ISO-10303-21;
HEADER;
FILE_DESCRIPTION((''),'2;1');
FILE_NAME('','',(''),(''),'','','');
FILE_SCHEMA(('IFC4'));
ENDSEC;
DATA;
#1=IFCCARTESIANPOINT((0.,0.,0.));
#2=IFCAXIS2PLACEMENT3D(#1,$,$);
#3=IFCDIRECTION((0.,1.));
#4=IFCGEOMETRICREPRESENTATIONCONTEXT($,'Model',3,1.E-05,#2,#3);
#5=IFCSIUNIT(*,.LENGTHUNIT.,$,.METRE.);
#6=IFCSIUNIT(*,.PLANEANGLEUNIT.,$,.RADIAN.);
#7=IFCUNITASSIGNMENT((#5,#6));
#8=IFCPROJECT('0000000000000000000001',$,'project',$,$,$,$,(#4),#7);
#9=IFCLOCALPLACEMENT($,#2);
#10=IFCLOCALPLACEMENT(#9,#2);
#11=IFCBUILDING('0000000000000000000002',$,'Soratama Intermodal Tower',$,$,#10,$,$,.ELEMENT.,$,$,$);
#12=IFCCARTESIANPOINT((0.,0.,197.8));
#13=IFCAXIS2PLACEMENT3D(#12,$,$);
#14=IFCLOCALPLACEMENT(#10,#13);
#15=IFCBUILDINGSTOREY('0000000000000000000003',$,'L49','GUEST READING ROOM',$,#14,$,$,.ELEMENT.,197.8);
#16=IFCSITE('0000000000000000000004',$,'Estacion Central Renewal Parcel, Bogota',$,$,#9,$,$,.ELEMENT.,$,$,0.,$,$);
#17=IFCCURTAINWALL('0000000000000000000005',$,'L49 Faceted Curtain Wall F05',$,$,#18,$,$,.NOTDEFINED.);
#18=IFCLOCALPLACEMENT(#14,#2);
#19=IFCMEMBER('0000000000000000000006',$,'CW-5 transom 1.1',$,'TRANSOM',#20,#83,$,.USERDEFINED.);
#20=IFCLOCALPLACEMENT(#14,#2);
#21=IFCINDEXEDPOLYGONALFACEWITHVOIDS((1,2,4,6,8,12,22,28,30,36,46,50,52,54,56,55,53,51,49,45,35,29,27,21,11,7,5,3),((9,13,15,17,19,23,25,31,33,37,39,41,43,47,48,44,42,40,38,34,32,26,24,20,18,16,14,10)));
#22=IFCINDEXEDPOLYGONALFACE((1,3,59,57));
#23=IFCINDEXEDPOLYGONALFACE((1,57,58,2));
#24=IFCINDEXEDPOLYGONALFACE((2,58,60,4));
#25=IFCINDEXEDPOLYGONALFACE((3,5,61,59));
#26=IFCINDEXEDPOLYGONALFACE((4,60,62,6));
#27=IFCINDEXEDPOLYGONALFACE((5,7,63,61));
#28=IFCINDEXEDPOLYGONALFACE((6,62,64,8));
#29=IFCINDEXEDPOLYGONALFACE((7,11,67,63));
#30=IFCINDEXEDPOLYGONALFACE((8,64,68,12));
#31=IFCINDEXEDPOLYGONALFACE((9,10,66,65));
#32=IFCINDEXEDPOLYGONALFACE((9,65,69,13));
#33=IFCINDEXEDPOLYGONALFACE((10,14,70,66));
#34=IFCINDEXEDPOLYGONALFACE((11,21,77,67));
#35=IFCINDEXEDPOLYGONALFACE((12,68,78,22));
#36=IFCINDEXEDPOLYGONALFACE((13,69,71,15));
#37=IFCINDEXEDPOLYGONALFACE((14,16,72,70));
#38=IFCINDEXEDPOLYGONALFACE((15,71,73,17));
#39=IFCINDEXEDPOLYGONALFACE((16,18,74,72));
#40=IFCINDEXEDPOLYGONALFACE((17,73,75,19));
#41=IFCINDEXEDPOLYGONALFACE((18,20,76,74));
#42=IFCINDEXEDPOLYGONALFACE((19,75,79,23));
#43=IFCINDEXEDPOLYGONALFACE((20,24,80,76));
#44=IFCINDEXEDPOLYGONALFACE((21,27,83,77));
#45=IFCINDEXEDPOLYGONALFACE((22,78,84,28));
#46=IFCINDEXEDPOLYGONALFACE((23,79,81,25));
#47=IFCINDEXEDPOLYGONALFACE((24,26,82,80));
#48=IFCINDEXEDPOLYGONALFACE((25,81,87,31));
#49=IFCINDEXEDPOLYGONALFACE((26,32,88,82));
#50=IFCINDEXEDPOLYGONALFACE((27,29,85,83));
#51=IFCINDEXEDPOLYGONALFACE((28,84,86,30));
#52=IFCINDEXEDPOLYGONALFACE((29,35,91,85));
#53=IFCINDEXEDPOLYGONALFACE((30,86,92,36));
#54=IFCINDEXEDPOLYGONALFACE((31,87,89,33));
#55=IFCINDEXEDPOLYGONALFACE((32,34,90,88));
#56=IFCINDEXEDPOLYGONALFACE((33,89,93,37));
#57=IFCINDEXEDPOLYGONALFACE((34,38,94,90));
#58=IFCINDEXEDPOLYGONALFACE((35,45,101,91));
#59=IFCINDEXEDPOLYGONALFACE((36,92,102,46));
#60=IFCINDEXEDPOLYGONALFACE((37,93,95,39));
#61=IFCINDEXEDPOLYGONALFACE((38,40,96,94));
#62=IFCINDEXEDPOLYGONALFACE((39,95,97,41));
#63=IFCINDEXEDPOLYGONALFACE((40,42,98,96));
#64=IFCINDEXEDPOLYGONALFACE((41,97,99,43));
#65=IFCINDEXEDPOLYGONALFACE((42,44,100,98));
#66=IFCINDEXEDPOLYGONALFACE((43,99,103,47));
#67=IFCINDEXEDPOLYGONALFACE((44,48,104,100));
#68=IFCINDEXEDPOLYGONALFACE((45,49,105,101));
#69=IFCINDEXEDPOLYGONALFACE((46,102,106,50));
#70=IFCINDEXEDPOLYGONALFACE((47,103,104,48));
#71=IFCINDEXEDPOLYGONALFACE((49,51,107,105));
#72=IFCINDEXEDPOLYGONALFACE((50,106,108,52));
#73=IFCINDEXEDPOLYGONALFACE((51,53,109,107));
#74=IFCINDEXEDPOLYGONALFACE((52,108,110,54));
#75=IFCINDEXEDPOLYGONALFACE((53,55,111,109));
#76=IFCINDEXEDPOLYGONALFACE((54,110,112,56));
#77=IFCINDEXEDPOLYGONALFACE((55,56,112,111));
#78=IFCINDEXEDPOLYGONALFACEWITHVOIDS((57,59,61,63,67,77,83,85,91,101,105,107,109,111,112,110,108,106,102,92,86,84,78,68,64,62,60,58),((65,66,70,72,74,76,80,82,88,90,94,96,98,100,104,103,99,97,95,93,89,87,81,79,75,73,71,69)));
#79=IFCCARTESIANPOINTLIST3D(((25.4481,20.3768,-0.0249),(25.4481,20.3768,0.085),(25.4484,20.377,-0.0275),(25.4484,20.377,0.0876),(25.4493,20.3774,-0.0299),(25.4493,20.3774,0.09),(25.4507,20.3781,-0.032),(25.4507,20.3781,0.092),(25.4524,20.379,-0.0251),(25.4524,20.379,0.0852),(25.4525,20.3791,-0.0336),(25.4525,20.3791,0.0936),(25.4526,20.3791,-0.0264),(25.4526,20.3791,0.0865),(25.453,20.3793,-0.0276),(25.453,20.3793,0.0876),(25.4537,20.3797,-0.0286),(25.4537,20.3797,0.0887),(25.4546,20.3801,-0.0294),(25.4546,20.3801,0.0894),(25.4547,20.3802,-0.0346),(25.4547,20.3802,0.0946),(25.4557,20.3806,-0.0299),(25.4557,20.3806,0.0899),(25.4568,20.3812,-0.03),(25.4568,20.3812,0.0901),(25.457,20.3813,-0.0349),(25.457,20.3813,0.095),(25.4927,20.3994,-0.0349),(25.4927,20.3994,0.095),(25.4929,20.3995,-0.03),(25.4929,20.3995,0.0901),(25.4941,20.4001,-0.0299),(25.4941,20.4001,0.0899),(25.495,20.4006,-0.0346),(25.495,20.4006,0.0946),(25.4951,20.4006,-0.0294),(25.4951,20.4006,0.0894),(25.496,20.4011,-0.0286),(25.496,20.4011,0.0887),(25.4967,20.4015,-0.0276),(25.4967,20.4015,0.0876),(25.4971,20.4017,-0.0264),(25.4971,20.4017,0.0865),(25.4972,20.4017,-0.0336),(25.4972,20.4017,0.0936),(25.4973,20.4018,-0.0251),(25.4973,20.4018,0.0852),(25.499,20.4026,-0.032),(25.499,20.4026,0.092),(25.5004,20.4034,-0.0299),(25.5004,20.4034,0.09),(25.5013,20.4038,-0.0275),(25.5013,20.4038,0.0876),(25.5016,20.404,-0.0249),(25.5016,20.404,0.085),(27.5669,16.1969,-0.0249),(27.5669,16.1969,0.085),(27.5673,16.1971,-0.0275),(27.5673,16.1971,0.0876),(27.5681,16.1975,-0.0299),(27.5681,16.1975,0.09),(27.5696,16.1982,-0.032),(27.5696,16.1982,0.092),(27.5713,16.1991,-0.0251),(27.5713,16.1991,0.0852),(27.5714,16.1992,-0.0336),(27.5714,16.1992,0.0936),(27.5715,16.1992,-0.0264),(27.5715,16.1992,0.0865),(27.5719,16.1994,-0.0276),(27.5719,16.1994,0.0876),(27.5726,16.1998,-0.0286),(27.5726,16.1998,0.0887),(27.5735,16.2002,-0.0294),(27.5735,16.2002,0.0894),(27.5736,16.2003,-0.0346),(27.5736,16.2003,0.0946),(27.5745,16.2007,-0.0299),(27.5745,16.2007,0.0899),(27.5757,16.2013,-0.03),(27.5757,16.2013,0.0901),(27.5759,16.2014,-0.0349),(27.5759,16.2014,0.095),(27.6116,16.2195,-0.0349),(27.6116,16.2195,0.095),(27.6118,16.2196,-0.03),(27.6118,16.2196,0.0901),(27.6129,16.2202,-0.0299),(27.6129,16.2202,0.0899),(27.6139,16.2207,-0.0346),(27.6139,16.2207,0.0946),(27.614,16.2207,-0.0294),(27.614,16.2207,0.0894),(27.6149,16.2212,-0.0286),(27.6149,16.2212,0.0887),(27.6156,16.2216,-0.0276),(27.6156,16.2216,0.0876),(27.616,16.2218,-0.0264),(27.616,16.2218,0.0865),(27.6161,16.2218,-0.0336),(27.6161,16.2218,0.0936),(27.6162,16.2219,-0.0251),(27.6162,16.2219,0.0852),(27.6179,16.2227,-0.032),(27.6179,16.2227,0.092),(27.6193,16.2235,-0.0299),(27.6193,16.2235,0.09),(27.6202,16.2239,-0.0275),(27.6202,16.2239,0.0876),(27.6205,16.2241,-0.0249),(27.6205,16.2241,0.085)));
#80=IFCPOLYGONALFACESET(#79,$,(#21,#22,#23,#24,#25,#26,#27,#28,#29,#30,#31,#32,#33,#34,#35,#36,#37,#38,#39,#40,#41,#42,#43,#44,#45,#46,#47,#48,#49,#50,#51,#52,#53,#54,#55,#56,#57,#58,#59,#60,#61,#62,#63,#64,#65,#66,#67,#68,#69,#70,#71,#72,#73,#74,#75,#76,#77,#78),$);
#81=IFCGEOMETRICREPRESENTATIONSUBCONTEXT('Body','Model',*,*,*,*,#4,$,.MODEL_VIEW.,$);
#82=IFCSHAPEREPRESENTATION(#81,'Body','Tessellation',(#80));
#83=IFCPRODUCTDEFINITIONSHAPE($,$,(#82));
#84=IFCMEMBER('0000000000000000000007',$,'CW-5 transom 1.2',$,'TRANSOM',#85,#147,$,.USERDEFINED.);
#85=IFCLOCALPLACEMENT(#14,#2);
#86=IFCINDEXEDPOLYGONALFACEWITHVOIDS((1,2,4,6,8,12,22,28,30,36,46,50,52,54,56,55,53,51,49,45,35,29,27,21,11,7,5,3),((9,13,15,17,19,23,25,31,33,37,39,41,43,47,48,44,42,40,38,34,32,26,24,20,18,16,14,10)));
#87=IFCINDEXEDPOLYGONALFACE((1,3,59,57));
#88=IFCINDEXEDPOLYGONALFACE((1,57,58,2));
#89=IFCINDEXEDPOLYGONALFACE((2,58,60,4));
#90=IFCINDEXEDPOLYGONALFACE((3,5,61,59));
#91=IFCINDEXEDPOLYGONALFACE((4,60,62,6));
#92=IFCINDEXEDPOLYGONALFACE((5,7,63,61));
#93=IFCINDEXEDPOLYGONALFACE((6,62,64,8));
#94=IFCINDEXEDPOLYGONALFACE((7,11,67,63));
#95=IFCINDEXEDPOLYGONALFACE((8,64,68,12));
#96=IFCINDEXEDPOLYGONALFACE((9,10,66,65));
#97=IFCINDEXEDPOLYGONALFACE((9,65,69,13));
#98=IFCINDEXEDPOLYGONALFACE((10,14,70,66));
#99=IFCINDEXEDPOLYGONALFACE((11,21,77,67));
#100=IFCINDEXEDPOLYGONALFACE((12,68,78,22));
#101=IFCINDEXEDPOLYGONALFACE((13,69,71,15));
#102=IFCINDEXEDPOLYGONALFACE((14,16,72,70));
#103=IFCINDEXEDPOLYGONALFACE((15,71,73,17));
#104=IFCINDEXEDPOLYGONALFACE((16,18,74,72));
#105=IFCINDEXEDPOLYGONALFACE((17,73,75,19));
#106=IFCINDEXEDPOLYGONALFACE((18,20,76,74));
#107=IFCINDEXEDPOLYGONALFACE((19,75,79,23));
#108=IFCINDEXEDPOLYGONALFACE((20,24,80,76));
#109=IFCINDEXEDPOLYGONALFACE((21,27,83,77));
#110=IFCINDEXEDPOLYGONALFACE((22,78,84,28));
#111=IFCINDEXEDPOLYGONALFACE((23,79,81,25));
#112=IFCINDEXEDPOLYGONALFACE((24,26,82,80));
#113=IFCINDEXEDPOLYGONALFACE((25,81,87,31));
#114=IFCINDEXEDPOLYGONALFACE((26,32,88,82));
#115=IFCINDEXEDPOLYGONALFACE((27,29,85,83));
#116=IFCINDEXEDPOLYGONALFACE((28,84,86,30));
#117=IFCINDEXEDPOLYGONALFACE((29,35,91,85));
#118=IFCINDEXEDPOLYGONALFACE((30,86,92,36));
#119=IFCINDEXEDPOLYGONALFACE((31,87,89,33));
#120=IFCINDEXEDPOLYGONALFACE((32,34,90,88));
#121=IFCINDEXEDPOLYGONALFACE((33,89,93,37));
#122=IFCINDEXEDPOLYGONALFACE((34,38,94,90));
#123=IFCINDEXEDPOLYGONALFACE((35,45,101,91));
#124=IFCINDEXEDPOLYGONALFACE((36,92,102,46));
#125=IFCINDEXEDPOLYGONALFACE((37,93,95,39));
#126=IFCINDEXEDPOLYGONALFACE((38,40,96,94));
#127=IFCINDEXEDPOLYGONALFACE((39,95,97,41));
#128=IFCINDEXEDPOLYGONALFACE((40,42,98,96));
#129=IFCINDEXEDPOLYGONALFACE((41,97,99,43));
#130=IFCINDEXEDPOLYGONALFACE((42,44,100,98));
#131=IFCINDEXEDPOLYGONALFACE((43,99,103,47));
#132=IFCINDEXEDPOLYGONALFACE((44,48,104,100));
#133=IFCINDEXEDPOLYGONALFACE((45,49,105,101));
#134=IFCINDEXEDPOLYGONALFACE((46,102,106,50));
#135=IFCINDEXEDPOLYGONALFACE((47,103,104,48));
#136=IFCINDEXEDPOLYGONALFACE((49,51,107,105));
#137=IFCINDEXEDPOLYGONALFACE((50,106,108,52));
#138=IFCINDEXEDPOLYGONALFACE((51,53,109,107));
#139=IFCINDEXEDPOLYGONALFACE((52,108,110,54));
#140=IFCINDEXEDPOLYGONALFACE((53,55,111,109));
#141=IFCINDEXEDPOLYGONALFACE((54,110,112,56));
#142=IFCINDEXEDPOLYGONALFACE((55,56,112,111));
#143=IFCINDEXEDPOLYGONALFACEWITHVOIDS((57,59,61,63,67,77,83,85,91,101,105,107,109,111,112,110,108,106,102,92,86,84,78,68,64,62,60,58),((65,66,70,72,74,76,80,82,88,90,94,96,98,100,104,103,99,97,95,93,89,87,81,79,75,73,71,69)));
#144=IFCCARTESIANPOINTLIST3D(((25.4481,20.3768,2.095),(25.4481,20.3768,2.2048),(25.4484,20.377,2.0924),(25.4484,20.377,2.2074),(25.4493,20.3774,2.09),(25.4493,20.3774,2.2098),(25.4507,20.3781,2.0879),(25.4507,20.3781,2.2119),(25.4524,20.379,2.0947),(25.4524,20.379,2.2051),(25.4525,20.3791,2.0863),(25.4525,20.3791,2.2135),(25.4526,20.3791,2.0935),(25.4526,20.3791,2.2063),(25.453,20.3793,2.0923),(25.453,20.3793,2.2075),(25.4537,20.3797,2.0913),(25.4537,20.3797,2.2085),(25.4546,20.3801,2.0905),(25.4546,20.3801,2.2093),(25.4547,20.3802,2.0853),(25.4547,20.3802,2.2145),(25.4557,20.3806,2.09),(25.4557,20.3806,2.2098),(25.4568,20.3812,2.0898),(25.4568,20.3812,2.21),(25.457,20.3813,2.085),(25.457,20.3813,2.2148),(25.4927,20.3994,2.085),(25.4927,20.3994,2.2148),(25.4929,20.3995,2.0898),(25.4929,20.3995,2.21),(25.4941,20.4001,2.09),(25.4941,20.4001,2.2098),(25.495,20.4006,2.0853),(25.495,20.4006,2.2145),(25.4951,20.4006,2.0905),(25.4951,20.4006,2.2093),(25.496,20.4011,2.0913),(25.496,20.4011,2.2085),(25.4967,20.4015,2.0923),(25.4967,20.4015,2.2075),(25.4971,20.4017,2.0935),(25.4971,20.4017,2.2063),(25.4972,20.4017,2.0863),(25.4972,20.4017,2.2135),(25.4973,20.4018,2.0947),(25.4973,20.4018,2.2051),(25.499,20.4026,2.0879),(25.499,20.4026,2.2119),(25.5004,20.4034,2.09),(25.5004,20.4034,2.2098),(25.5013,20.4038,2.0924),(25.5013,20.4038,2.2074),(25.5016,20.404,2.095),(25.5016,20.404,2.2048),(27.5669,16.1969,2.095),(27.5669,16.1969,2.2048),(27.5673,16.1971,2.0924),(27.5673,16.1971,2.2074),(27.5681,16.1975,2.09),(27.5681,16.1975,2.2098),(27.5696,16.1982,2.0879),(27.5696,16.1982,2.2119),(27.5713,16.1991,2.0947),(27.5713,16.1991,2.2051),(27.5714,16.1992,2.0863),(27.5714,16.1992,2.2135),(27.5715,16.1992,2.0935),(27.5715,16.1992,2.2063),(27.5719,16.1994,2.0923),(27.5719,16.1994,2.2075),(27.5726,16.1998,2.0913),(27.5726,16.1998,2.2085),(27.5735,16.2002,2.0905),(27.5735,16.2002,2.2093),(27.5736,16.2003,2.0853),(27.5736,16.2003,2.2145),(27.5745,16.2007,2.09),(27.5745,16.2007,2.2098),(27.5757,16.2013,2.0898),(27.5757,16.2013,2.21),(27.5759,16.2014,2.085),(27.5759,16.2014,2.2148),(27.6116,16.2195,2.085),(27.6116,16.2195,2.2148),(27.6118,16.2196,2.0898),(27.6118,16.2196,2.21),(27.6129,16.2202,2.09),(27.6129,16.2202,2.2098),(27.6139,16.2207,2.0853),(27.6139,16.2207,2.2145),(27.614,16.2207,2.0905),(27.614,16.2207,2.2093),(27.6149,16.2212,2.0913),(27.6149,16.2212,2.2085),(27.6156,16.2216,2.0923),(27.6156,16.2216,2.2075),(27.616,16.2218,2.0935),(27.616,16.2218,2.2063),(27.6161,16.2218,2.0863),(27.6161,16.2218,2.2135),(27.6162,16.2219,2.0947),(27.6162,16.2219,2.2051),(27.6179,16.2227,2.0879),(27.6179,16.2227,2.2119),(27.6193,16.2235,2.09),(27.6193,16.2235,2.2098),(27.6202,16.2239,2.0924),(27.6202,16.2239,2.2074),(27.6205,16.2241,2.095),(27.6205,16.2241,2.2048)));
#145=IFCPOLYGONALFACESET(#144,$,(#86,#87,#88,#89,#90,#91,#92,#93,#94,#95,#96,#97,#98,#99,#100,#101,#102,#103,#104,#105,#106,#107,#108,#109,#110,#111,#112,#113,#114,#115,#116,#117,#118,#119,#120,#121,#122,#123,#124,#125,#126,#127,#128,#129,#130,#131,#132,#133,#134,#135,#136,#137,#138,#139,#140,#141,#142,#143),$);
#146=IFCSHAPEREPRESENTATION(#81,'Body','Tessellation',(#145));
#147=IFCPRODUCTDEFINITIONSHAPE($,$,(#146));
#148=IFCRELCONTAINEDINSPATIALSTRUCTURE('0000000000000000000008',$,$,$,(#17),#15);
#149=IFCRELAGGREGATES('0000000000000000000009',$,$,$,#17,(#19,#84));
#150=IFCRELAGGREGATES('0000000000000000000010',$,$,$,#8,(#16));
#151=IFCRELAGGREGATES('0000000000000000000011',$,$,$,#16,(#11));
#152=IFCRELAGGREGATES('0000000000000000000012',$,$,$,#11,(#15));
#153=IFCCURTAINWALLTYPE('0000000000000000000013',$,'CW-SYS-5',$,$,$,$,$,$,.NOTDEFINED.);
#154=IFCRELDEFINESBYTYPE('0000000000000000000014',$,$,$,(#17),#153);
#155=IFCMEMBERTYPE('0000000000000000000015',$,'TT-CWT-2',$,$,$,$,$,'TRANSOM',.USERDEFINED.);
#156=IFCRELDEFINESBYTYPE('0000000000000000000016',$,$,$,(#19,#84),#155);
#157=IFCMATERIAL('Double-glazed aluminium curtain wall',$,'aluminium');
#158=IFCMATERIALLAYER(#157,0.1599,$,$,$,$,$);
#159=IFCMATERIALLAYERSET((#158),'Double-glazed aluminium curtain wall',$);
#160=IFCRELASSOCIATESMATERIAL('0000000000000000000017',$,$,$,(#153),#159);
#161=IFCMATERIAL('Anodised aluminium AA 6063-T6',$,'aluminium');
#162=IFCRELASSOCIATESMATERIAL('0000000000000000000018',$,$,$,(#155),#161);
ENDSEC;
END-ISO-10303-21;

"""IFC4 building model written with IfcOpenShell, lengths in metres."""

from ifc_helpers import new_model, si_unit, direction, frame, origin, origin_2d, place, context, subcontext, project, spatial, hollow_rectangle, extrude, material, layer, layer_set, material_profile, profile_set, type_object, element, aggregate, save


model = new_model("IFC4")

# Units and contexts
model_context = context("Model", 3, precision=1e-05, world=origin(), true_north=direction((0.0, 1.0)))
body_context = subcontext(model_context, "Body", "Model", "MODEL_VIEW")
ifc_project = project(units=[si_unit("LENGTHUNIT", "METRE"), si_unit("PLANEANGLEUNIT", "RADIAN")], contexts=[model_context])

# Site, building, storey
site_placement = place(None, origin())
site = spatial("IfcSite", under=ifc_project, at=site_placement, Name="Estacion Central Renewal Parcel, Bogota", CompositionType="ELEMENT", RefElevation=0.0)
building_placement = place(site_placement, origin())
building = spatial("IfcBuilding", under=site, at=building_placement, Name="Soratama Intermodal Tower", CompositionType="ELEMENT")
storey_placement = place(building_placement, frame((0.0, 0.0, 197.8)))
storey = spatial("IfcBuildingStorey", under=building, at=storey_placement, Name="L49", Description="GUEST READING ROOM", CompositionType="ELEMENT", Elevation=197.8)

# Curtain wall, members
ifc_material_1 = material(Name="Double-glazed aluminium curtain wall", Category="aluminium")
ifc_layer_1 = layer(ifc_material_1, 0.1599)
ifc_layer_set_1 = layer_set([ifc_layer_1], Name="Double-glazed aluminium curtain wall")
curtain_wall_type = type_object("IfcCurtainWallType", Name="CW-SYS-5", PredefinedType="NOTDEFINED", material=ifc_layer_set_1)
curtain_wall_placement = place(storey_placement, origin())
curtain_wall = element("IfcCurtainWall", 1, at=curtain_wall_placement, inside=storey, type_object=curtain_wall_type, Name="L49 Faceted Curtain Wall F05", PredefinedType="NOTDEFINED")
ifc_material_2 = material(Name="Anodised aluminium AA 6063-T6", Category="aluminium")
ifc_material_profile_1 = material_profile(ifc_material_2, hollow_rectangle(XDim=0.0601, YDim=0.1299, WallThickness=0.0049, InnerFilletRadius=0.0049, OuterFilletRadius=0.01, at=origin_2d()), Name="CWT130X60X5")
ifc_profile_set_1 = profile_set([ifc_material_profile_1], Name="Anodised aluminium AA 6063-T6")
member_type_1 = type_object("IfcMemberType", Name="TT-CWT-2", ElementType="TRANSOM", PredefinedType="USERDEFINED", material=ifc_profile_set_1)
member_1_placement = place(storey_placement, frame((25.4749, 20.3904, 0.03), z_axis=(0.452146, -0.891944, 0.0), x_axis=(0.891944, 0.452146, 0.0)))
member_1 = element("IfcMember", 2, at=member_1_placement, type_object=member_type_1, Name="CW-5 transom 1.1", ObjectType="TRANSOM", PredefinedType="USERDEFINED", context=body_context, shape_type="SweptSolid", body=[
    extrude(hollow_rectangle(XDim=0.0601, YDim=0.1299, WallThickness=0.0049, InnerFilletRadius=0.0049, OuterFilletRadius=0.01, at=origin_2d()), origin(), (0.0, 0.0, 1.0), 4.6863),
])
member_2_placement = place(storey_placement, frame((25.4749, 20.3904, 2.1499), z_axis=(0.452146, -0.891944, 0.0), x_axis=(0.891944, 0.452146, 0.0)))
member_2 = element("IfcMember", 3, at=member_2_placement, type_object=member_type_1, Name="CW-5 transom 1.2", ObjectType="TRANSOM", PredefinedType="USERDEFINED", context=body_context, shape_type="SweptSolid", body=[
    extrude(hollow_rectangle(XDim=0.0601, YDim=0.1299, WallThickness=0.0049, InnerFilletRadius=0.0049, OuterFilletRadius=0.01, at=origin_2d()), origin(), (0.0, 0.0, 1.0), 4.6863),
])
aggregate(curtain_wall, [member_1, member_2])

save(model, "model.ifc")
